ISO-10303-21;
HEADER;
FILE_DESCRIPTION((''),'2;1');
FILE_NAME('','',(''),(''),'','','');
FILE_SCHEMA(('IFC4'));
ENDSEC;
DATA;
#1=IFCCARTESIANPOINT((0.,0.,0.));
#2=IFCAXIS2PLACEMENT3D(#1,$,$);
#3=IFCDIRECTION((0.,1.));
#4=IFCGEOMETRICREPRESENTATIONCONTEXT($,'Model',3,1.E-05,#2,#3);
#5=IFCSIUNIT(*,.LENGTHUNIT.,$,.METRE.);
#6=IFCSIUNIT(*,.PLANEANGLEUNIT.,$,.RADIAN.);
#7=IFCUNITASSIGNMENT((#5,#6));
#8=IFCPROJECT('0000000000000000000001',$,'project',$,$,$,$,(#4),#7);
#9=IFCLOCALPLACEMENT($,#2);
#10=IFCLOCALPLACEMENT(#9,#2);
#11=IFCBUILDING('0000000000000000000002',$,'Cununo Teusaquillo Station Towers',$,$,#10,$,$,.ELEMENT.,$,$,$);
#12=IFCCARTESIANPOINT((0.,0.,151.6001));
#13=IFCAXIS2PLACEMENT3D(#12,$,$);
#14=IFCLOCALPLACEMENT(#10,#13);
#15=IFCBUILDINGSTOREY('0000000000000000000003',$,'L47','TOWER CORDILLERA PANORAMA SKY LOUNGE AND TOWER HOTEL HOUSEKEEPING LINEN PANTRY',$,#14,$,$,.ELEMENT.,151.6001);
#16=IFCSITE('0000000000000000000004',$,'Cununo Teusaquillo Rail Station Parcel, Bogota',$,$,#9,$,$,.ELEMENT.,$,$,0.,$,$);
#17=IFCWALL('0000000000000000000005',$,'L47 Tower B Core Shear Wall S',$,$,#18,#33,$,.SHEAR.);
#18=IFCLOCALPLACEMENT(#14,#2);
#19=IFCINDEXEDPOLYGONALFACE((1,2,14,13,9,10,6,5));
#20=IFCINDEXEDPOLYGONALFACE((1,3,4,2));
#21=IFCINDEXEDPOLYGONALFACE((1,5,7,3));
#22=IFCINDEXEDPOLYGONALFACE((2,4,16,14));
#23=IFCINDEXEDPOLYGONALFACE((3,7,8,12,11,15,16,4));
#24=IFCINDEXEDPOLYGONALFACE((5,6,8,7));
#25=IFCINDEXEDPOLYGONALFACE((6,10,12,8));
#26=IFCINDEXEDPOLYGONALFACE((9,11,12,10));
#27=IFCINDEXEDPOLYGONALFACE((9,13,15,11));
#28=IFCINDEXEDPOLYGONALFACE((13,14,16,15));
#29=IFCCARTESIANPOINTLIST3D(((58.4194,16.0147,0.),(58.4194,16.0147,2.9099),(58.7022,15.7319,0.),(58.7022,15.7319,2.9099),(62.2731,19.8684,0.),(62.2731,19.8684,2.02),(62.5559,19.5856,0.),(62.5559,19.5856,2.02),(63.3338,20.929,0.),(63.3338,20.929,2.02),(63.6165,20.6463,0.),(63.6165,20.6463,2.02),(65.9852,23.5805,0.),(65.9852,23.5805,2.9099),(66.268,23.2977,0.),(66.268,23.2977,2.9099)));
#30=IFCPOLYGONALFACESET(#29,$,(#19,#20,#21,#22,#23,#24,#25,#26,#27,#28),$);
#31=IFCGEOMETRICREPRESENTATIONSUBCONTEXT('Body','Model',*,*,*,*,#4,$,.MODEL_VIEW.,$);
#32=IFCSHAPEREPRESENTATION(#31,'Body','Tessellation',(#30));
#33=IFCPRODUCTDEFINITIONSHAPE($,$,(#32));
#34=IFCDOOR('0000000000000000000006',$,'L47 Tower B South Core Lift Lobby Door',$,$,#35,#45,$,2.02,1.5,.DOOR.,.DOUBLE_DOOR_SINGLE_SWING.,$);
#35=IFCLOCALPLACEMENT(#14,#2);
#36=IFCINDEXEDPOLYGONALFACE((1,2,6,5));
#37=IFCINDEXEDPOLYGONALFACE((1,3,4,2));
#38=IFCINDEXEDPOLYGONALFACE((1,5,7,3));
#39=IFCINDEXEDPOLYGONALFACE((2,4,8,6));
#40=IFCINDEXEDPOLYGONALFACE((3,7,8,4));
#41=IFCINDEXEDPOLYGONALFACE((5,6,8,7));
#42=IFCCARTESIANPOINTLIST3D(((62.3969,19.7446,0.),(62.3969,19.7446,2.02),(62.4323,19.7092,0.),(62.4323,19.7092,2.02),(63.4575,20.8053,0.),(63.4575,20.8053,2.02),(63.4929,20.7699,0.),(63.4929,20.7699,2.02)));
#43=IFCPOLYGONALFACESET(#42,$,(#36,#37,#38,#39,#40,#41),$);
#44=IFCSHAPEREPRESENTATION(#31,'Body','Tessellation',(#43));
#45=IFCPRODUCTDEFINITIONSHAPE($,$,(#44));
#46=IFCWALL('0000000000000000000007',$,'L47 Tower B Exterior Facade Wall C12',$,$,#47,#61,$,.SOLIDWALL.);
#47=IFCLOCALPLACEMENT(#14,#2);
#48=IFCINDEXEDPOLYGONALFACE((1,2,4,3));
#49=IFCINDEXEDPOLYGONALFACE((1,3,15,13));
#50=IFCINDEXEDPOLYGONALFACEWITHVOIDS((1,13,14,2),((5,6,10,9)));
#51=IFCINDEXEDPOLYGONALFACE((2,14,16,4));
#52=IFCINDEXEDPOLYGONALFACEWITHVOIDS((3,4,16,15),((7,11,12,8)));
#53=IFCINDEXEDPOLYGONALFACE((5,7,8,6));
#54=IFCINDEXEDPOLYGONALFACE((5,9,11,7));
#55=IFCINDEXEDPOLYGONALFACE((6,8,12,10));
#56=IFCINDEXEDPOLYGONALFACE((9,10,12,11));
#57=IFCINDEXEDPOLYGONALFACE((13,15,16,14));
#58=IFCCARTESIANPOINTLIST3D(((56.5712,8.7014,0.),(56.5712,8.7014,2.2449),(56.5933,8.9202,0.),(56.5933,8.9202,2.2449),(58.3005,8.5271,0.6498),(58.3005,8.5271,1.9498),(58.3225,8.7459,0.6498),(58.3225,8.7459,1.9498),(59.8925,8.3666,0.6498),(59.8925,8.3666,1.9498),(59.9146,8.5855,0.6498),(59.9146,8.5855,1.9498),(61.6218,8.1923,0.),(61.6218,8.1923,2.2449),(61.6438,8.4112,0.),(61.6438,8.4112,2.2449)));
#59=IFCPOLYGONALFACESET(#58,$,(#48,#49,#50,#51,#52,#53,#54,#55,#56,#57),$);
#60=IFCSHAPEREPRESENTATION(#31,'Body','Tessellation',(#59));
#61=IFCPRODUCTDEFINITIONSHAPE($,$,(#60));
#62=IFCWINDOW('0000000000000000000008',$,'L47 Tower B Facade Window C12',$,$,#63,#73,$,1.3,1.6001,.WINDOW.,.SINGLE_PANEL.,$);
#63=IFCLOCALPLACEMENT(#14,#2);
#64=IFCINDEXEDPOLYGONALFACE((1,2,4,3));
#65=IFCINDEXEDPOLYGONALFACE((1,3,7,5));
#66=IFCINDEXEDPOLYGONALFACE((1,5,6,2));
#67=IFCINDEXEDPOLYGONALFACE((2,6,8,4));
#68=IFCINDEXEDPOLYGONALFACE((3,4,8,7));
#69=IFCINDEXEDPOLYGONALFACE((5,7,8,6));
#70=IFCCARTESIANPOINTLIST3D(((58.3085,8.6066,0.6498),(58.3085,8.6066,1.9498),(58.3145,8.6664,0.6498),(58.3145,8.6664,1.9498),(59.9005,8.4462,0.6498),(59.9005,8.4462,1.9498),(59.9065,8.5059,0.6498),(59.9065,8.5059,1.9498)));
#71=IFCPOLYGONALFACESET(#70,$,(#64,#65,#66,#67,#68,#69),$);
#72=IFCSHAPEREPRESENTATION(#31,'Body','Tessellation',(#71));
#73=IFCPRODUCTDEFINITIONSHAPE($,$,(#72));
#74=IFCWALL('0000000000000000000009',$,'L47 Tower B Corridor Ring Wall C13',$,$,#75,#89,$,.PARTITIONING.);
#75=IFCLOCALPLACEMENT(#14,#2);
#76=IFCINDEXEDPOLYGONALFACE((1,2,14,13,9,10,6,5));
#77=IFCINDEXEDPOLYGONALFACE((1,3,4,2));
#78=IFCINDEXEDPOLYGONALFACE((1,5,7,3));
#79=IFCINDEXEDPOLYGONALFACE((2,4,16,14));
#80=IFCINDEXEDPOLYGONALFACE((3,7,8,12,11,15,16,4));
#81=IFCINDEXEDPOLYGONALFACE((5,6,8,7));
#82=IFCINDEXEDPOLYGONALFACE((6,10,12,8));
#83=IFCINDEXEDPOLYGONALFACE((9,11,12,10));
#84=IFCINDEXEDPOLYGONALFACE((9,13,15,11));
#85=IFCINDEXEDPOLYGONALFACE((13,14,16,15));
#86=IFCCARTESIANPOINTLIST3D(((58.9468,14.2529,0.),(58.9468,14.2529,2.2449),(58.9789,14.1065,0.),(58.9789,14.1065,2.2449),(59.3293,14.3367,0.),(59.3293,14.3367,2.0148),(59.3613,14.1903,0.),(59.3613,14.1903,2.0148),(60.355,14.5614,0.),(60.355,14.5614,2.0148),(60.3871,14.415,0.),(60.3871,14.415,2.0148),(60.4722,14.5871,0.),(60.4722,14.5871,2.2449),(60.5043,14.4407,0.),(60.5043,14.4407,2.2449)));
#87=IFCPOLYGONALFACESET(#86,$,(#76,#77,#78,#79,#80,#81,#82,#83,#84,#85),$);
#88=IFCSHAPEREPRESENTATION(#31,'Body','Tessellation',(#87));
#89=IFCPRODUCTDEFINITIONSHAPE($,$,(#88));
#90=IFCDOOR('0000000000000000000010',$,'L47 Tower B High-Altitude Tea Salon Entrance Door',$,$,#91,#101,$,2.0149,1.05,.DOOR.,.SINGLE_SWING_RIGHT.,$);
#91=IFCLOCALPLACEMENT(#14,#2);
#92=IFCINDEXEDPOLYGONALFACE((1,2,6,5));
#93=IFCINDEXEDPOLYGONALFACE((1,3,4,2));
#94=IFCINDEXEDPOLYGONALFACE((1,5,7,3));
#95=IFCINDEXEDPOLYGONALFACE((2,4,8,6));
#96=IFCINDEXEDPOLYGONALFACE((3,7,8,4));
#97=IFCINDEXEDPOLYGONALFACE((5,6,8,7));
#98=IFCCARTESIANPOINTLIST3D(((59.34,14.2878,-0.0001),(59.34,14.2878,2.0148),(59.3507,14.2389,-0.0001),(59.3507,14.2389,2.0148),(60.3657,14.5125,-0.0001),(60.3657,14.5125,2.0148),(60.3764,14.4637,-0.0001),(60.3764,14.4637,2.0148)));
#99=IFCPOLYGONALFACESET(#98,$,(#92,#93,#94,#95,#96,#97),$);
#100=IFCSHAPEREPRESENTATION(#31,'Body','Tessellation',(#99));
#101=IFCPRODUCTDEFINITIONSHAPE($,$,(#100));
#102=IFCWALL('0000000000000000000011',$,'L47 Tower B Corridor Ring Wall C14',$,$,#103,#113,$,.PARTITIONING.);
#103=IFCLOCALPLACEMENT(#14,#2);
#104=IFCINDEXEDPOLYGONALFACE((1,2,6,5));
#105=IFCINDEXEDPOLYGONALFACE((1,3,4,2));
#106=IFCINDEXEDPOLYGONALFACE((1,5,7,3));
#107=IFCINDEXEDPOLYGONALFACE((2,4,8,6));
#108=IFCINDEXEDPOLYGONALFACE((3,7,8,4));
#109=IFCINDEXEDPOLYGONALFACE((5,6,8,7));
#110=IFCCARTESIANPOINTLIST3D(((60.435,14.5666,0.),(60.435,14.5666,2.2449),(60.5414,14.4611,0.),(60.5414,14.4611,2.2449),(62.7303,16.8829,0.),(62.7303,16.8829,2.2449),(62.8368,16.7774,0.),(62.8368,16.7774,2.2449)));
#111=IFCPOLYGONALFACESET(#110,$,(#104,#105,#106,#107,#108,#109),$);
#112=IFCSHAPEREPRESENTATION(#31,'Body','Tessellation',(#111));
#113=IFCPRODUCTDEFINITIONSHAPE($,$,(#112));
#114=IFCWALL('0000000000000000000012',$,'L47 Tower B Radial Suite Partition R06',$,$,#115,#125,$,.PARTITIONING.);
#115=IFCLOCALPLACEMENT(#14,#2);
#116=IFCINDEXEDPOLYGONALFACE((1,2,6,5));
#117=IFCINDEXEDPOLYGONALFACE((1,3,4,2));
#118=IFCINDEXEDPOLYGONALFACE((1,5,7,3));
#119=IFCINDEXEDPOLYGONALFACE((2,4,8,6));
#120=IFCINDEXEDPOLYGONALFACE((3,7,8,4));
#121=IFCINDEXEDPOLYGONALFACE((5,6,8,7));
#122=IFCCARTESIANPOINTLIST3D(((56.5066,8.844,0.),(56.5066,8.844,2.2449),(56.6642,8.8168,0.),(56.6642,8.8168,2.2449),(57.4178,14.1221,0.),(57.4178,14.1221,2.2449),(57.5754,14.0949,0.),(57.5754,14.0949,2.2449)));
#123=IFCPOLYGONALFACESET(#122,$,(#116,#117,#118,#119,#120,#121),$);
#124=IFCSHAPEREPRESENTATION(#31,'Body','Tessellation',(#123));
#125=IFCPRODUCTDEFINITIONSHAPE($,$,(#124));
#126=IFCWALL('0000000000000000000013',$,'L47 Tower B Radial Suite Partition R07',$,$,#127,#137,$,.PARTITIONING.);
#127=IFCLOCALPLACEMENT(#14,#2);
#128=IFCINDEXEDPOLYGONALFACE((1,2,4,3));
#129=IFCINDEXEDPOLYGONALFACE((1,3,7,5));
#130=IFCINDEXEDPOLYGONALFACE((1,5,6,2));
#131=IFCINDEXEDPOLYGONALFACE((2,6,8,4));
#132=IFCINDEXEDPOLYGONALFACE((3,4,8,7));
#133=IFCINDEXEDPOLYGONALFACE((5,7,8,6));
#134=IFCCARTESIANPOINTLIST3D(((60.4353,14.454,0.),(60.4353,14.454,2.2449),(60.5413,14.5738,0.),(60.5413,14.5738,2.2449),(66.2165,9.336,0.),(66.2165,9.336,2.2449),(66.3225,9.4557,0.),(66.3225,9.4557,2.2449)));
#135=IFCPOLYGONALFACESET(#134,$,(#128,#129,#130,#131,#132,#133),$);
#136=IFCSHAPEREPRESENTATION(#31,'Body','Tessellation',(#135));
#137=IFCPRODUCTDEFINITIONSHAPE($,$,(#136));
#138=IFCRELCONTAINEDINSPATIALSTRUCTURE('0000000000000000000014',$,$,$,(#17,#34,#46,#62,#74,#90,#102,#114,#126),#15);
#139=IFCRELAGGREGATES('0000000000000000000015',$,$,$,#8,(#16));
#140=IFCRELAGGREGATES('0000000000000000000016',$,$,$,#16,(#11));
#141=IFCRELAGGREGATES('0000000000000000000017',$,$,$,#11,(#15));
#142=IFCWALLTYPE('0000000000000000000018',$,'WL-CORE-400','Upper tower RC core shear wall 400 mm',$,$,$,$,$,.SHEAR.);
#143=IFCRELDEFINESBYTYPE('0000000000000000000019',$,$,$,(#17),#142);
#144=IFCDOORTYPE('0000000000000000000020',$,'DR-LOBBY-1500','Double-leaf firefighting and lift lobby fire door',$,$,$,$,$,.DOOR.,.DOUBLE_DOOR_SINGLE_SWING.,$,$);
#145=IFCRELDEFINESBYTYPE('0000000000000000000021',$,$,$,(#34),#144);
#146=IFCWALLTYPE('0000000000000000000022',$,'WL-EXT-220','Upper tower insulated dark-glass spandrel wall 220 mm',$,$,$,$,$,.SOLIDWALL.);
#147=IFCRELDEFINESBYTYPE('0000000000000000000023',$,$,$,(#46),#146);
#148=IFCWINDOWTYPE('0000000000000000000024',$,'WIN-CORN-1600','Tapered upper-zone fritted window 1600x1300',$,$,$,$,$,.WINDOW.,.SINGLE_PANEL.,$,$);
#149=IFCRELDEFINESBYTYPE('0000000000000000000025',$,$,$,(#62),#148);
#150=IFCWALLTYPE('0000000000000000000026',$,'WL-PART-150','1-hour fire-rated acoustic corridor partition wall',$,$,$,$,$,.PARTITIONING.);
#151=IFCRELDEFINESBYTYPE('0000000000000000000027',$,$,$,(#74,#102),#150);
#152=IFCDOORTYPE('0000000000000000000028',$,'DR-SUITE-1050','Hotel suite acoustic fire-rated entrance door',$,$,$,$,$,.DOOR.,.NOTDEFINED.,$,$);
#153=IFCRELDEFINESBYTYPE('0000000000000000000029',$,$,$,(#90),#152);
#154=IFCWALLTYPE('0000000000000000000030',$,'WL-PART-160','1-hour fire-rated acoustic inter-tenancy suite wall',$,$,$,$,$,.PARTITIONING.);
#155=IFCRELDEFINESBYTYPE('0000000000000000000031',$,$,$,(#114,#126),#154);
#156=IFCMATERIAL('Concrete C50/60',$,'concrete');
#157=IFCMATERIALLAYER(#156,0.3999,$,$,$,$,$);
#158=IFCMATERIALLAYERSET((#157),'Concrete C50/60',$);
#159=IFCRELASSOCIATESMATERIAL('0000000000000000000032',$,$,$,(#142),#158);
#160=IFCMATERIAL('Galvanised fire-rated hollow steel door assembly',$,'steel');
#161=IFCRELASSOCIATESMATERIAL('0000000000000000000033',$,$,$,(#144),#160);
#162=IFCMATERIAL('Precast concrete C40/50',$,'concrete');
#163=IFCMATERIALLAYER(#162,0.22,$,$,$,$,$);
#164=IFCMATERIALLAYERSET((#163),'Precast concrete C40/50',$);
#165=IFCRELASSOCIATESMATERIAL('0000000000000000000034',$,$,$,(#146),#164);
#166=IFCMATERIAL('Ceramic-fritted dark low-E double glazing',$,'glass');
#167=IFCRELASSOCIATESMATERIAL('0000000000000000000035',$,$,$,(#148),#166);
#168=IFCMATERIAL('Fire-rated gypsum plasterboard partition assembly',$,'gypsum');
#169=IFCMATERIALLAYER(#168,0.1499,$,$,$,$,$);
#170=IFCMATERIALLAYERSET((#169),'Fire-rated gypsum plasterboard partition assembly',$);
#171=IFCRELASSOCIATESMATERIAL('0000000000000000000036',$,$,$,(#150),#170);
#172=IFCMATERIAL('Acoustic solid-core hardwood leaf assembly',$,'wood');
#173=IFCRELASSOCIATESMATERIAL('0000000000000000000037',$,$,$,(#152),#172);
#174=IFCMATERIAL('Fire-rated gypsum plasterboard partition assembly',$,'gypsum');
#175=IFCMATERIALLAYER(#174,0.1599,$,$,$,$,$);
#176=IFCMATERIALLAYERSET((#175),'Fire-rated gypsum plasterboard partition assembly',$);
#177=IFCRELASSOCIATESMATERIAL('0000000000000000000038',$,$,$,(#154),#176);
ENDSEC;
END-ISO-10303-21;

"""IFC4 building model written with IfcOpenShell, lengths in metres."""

from ifc_helpers import new_model, si_unit, direction, frame, frame_2d, origin, place, context, subcontext, project, spatial, rectangle, extrude, source, transform, mapped, material, layer, layer_set, type_object, element, fill, save


model = new_model("IFC4")

# Units and contexts
model_context = context("Model", 3, precision=1e-05, world=origin(), true_north=direction((0.0, 1.0)))
body_context = subcontext(model_context, "Body", "Model", "MODEL_VIEW")
ifc_project = project(units=[si_unit("LENGTHUNIT", "METRE"), si_unit("PLANEANGLEUNIT", "RADIAN")], contexts=[model_context])

# Site, building, storey
site_placement = place(None, origin())
site = spatial("IfcSite", under=ifc_project, at=site_placement, Name="Cununo Teusaquillo Rail Station Parcel, Bogota", CompositionType="ELEMENT", RefElevation=0.0)
building_placement = place(site_placement, origin())
building = spatial("IfcBuilding", under=site, at=building_placement, Name="Cununo Teusaquillo Station Towers", CompositionType="ELEMENT")
storey_placement = place(building_placement, frame((0.0, 0.0, 151.6001)))
storey = spatial("IfcBuildingStorey", under=building, at=storey_placement, Name="L47", Description="TOWER CORDILLERA PANORAMA SKY LOUNGE AND TOWER HOTEL HOUSEKEEPING LINEN PANTRY", CompositionType="ELEMENT", Elevation=151.6001)

# Shared definitions
ifc_material_1 = material(Name="Concrete C50/60", Category="concrete")
ifc_layer_1 = layer(ifc_material_1, 0.3999)
ifc_layer_set_1 = layer_set([ifc_layer_1], Name="Concrete C50/60")
wall_type_1 = type_object("IfcWallType", Name="WL-CORE-400", Description="Upper tower RC core shear wall 400 mm", PredefinedType="SHEAR", material=ifc_layer_set_1)

# Wall, opening, door
wall_1_placement = place(storey_placement, frame((58.5608, 15.8733, 0.0), z_axis=(0.0, 0.0, 1.0), x_axis=(0.707107, 0.707107, 0.0)))
wall_1 = element("IfcWall", 1, at=wall_1_placement, inside=storey, type_object=wall_type_1, Name="L47 Tower B Core Shear Wall S", PredefinedType="SHEAR", context=body_context, shape_type="SweptSolid", body=[
    extrude(rectangle(XDim=10.6997, YDim=0.3999, at=frame_2d((5.3499, 0.0))), origin(), (0.0, 0.0, 1.0), 2.9099),
])
shared_shape_1 = source(origin(), body_context, "Body", "SweptSolid", [
    extrude(rectangle(XDim=1.5, YDim=2.02, at=frame_2d((0.75, 1.01))), frame((0.0, 0.21, 0.0), z_axis=(0.0, -1.0, 0.0), x_axis=(1.0, 0.0, 0.0)), (0.0, 0.0, 1.0), 0.4199),
])
opening_1_placement = place(wall_1_placement, frame((5.45, 0.0, 0.0)))
opening_1 = element("IfcOpeningElement", 2, at=opening_1_placement, cuts=wall_1, PredefinedType="OPENING", context=body_context, shape_type="MappedRepresentation", body=[
    mapped(shared_shape_1, transform((0.0, 0.0, 0.0), x_axis=(1.0, 0.0, 0.0), y_axis=(0.0, 1.0, 0.0), z_axis=(0.0, 0.0, 1.0), scale=1.0)),
])
ifc_material_2 = material(Name="Galvanised fire-rated hollow steel door assembly", Category="steel")
door_type_1 = type_object("IfcDoorType", Name="DR-LOBBY-1500", Description="Double-leaf firefighting and lift lobby fire door", OperationType="DOUBLE_DOOR_SINGLE_SWING", PredefinedType="DOOR", material=ifc_material_2)
shared_shape_2 = source(origin(), body_context, "Body", "SweptSolid", [
    extrude(rectangle(XDim=1.5, YDim=2.02, at=frame_2d((0.75, 1.01))), frame((0.0, 0.0249, 0.0), z_axis=(0.0, -1.0, 0.0), x_axis=(1.0, 0.0, 0.0)), (0.0, 0.0, 1.0), 0.05),
])
door_1_placement = place(opening_1_placement, origin())
door_1 = element("IfcDoor", 3, at=door_1_placement, inside=storey, type_object=door_type_1, Name="L47 Tower B South Core Lift Lobby Door", OperationType="DOUBLE_DOOR_SINGLE_SWING", OverallHeight=2.02, OverallWidth=1.5, PredefinedType="DOOR", context=body_context, shape_type="MappedRepresentation", body=[
    mapped(shared_shape_2, transform((0.0, 0.0, 0.0), x_axis=(1.0, 0.0, 0.0), y_axis=(0.0, 1.0, 0.0), z_axis=(0.0, 0.0, 1.0), scale=1.0)),
])
fill(opening_1, door_1)

# Wall, opening, window
ifc_material_3 = material(Name="Precast concrete C40/50", Category="concrete")
ifc_layer_2 = layer(ifc_material_3, 0.22)
ifc_layer_set_2 = layer_set([ifc_layer_2], Name="Precast concrete C40/50")
wall_type_2 = type_object("IfcWallType", Name="WL-EXT-220", Description="Upper tower insulated dark-glass spandrel wall 220 mm", PredefinedType="SOLIDWALL", material=ifc_layer_set_2)
wall_2_placement = place(storey_placement, frame((61.6328, 8.3018, 0.0), z_axis=(0.0, 0.0, 1.0), x_axis=(-0.994959, 0.10028, 0.0)))
wall_2 = element("IfcWall", 4, at=wall_2_placement, inside=storey, type_object=wall_type_2, Name="L47 Tower B Exterior Facade Wall C12", PredefinedType="SOLIDWALL", context=body_context, shape_type="SweptSolid", body=[
    extrude(rectangle(XDim=5.0762, YDim=0.22, at=frame_2d((2.5381, 0.0))), origin(), (0.0, 0.0, 1.0), 2.2449),
])
shared_shape_3 = source(origin(), body_context, "Body", "SweptSolid", [
    extrude(rectangle(XDim=1.6001, YDim=1.3, at=frame_2d((0.8, 0.6499))), frame((0.0, 0.1199, 0.0), z_axis=(0.0, -1.0, 0.0), x_axis=(1.0, 0.0, 0.0)), (0.0, 0.0, 1.0), 0.24),
])
opening_2_placement = place(wall_2_placement, frame((1.738, 0.0, 0.6499)))
opening_2 = element("IfcOpeningElement", 5, at=opening_2_placement, cuts=wall_2, PredefinedType="OPENING", context=body_context, shape_type="MappedRepresentation", body=[
    mapped(shared_shape_3, transform((0.0, 0.0, 0.0), x_axis=(1.0, 0.0, 0.0), y_axis=(0.0, 1.0, 0.0), z_axis=(0.0, 0.0, 1.0), scale=1.0)),
])
ifc_material_4 = material(Name="Ceramic-fritted dark low-E double glazing", Category="glass")
window_type = type_object("IfcWindowType", Name="WIN-CORN-1600", Description="Tapered upper-zone fritted window 1600x1300", PartitioningType="SINGLE_PANEL", PredefinedType="WINDOW", material=ifc_material_4)
shared_shape_4 = source(origin(), body_context, "Body", "SweptSolid", [
    extrude(rectangle(XDim=1.6001, YDim=1.3, at=frame_2d((0.8, 0.6499))), frame((0.0, 0.03, 0.0), z_axis=(0.0, -1.0, 0.0), x_axis=(1.0, 0.0, 0.0)), (0.0, 0.0, 1.0), 0.0601),
])
window_placement = place(opening_2_placement, origin())
window = element("IfcWindow", 6, at=window_placement, inside=storey, type_object=window_type, Name="L47 Tower B Facade Window C12", OverallHeight=1.3, OverallWidth=1.6001, PartitioningType="SINGLE_PANEL", PredefinedType="WINDOW", context=body_context, shape_type="MappedRepresentation", body=[
    mapped(shared_shape_4, transform((0.0, 0.0, 0.0), x_axis=(1.0, 0.0, 0.0), y_axis=(0.0, 1.0, 0.0), z_axis=(0.0, 0.0, 1.0), scale=1.0)),
])
fill(opening_2, window)

# Wall, opening, door
ifc_material_5 = material(Name="Fire-rated gypsum plasterboard partition assembly", Category="gypsum")
ifc_layer_3 = layer(ifc_material_5, 0.1499)
ifc_layer_set_3 = layer_set([ifc_layer_3], Name="Fire-rated gypsum plasterboard partition assembly")
wall_type_3 = type_object("IfcWallType", Name="WL-PART-150", Description="1-hour fire-rated acoustic corridor partition wall", PredefinedType="PARTITIONING", material=ifc_layer_set_3)
wall_3_placement = place(storey_placement, frame((58.9629, 14.1797, 0.0), z_axis=(0.0, 0.0, 1.0), x_axis=(0.976827, 0.214033, 0.0)))
wall_3 = element("IfcWall", 7, at=wall_3_placement, inside=storey, type_object=wall_type_3, Name="L47 Tower B Corridor Ring Wall C13", PredefinedType="PARTITIONING", context=body_context, shape_type="SweptSolid", body=[
    extrude(rectangle(XDim=1.5615, YDim=0.1499, at=frame_2d((0.7808, 0.0))), origin(), (0.0, 0.0, 1.0), 2.2449),
])
shared_shape_5 = source(origin(), body_context, "Body", "SweptSolid", [
    extrude(rectangle(XDim=1.05, YDim=2.0149, at=frame_2d((0.5249, 1.0073))), frame((0.0, 0.085, 0.0), z_axis=(0.0, -1.0, 0.0), x_axis=(1.0, 0.0, 0.0)), (0.0, 0.0, 1.0), 0.1699),
])
opening_3_placement = place(wall_3_placement, frame((0.3916, 0.0, 0.0)))
opening_3 = element("IfcOpeningElement", 8, at=opening_3_placement, cuts=wall_3, PredefinedType="OPENING", context=body_context, shape_type="MappedRepresentation", body=[
    mapped(shared_shape_5, transform((0.0, 0.0, 0.0), x_axis=(1.0, 0.0, 0.0), y_axis=(0.0, 1.0, 0.0), z_axis=(0.0, 0.0, 1.0), scale=1.0)),
])
ifc_material_6 = material(Name="Acoustic solid-core hardwood leaf assembly", Category="wood")
door_type_2 = type_object("IfcDoorType", Name="DR-SUITE-1050", Description="Hotel suite acoustic fire-rated entrance door", OperationType="NOTDEFINED", PredefinedType="DOOR", material=ifc_material_6)
shared_shape_6 = source(origin(), body_context, "Body", "SweptSolid", [
    extrude(rectangle(XDim=1.05, YDim=2.0149, at=frame_2d((0.5249, 1.0073))), frame((0.0, 0.0249, 0.0), z_axis=(0.0, -1.0, 0.0), x_axis=(1.0, 0.0, 0.0)), (0.0, 0.0, 1.0), 0.05),
])
door_2_placement = place(opening_3_placement, origin())
door_2 = element("IfcDoor", 9, at=door_2_placement, inside=storey, type_object=door_type_2, Name="L47 Tower B High-Altitude Tea Salon Entrance Door", OperationType="SINGLE_SWING_RIGHT", OverallHeight=2.0149, OverallWidth=1.05, PredefinedType="DOOR", context=body_context, shape_type="MappedRepresentation", body=[
    mapped(shared_shape_6, transform((0.0, 0.0, 0.0), x_axis=(1.0, 0.0, 0.0), y_axis=(0.0, 1.0, 0.0), z_axis=(0.0, 0.0, 1.0), scale=1.0)),
])
fill(opening_3, door_2)

# Walls
wall_4_placement = place(storey_placement, frame((60.4883, 14.5139, 0.0), z_axis=(0.0, 0.0, 1.0), x_axis=(0.70388, 0.710319, 0.0)))
element("IfcWall", 10, at=wall_4_placement, inside=storey, type_object=wall_type_3, Name="L47 Tower B Corridor Ring Wall C14", PredefinedType="PARTITIONING", context=body_context, shape_type="SweptSolid", body=[
    extrude(rectangle(XDim=3.261, YDim=0.1499, at=frame_2d((1.6304, 0.0))), origin(), (0.0, 0.0, 1.0), 2.2449),
])
ifc_material_7 = material(Name="Fire-rated gypsum plasterboard partition assembly", Category="gypsum")
ifc_layer_4 = layer(ifc_material_7, 0.1599)
ifc_layer_set_4 = layer_set([ifc_layer_4], Name="Fire-rated gypsum plasterboard partition assembly")
wall_type_4 = type_object("IfcWallType", Name="WL-PART-160", Description="1-hour fire-rated acoustic inter-tenancy suite wall", PredefinedType="PARTITIONING", material=ifc_layer_set_4)
wall_5_placement = place(storey_placement, frame((57.4966, 14.1086, 0.0), z_axis=(0.0, 0.0, 1.0), x_axis=(-0.17011, -0.985425, 0.0)))
element("IfcWall", 11, at=wall_5_placement, inside=storey, type_object=wall_type_4, Name="L47 Tower B Radial Suite Partition R06", PredefinedType="PARTITIONING", context=body_context, shape_type="SweptSolid", body=[
    extrude(rectangle(XDim=5.3562, YDim=0.1599, at=frame_2d((2.6782, 0.0))), origin(), (0.0, 0.0, 1.0), 2.2449),
])
wall_6_placement = place(storey_placement, frame((60.4883, 14.5139, 0.0), z_axis=(0.0, 0.0, 1.0), x_axis=(0.748741, -0.662863, 0.0)))
element("IfcWall", 12, at=wall_6_placement, inside=storey, type_object=wall_type_4, Name="L47 Tower B Radial Suite Partition R07", PredefinedType="PARTITIONING", context=body_context, shape_type="SweptSolid", body=[
    extrude(rectangle(XDim=7.7212, YDim=0.1599, at=frame_2d((3.8606, 0.0))), origin(), (0.0, 0.0, 1.0), 2.2449),
])

save(model, "model.ifc")
